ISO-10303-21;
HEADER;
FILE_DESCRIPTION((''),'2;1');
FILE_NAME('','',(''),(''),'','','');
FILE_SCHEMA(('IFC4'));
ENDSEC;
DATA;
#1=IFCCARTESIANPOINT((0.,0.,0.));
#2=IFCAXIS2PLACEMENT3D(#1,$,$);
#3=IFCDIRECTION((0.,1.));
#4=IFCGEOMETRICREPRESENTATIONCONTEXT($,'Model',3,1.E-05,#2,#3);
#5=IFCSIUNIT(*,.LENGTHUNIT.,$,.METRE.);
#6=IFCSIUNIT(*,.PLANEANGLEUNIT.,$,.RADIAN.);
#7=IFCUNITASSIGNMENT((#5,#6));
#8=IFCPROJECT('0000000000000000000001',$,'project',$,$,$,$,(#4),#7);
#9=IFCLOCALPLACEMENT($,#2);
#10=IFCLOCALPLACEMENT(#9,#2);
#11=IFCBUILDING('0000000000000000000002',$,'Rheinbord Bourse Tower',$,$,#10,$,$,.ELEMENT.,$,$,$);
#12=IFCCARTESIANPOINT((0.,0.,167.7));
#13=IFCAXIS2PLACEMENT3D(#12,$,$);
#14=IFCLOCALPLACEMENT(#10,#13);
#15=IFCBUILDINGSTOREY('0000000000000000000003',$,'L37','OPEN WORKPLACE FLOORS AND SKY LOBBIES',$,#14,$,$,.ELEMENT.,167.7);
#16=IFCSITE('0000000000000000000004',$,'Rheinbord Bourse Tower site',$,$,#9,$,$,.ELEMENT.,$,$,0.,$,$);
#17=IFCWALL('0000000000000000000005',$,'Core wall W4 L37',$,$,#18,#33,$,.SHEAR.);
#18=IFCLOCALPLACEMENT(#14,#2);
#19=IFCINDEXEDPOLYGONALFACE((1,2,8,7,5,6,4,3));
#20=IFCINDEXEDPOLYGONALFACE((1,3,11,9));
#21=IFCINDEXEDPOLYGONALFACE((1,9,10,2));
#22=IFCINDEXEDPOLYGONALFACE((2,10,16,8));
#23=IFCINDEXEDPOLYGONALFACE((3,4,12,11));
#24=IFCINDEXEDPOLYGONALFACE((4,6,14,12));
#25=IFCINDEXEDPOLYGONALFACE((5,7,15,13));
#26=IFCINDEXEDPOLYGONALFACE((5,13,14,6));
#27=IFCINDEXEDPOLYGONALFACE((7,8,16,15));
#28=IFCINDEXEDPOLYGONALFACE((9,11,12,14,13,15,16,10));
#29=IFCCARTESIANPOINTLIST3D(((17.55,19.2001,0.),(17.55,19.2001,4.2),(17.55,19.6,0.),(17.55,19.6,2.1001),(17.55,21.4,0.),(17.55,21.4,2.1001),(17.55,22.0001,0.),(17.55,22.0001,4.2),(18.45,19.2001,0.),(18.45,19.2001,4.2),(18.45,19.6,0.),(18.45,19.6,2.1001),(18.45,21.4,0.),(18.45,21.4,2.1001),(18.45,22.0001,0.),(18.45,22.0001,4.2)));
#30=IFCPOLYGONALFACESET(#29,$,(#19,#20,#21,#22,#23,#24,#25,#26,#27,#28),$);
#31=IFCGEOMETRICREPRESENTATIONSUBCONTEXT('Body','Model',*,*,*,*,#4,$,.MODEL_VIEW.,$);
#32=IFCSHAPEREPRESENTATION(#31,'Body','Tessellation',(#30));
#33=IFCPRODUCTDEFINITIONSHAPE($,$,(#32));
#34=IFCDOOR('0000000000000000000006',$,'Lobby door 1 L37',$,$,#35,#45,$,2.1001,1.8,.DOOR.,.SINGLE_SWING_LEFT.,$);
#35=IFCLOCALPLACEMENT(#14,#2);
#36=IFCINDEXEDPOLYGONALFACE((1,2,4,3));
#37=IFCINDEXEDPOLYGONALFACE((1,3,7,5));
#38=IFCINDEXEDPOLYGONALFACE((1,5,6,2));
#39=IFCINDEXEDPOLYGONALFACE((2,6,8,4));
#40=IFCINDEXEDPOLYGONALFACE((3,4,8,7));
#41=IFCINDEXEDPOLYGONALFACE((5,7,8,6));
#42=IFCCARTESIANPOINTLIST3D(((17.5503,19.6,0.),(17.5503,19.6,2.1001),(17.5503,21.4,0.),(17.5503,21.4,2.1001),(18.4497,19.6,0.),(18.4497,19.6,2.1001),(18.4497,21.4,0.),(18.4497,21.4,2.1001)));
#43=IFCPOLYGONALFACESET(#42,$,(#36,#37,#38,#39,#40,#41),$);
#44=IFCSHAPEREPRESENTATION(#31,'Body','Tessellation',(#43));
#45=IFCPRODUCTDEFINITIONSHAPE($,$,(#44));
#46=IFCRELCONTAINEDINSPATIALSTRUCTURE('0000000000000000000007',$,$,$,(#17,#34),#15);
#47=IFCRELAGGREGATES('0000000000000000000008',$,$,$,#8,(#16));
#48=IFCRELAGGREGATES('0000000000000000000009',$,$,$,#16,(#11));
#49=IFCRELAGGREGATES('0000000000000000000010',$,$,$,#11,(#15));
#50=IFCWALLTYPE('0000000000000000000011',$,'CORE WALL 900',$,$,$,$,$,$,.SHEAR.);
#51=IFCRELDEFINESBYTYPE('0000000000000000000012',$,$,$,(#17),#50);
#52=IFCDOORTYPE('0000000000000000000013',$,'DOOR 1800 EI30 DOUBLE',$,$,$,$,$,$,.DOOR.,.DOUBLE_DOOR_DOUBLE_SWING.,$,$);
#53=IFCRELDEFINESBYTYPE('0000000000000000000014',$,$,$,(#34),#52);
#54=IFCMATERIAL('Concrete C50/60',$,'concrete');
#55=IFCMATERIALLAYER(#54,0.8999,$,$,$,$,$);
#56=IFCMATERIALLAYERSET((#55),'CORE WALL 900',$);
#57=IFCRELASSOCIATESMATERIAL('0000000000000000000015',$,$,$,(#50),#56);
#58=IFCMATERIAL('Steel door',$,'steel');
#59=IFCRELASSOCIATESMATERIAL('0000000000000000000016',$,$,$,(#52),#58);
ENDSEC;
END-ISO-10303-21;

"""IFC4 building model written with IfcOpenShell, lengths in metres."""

from ifc_helpers import new_model, si_unit, direction, frame, frame_2d, origin, place, context, subcontext, project, spatial, rectangle, extrude, material, layer, layer_set, type_object, element, fill, save


model = new_model("IFC4")

# Units and contexts
model_context = context("Model", 3, precision=1e-05, world=origin(), true_north=direction((0.0, 1.0)))
body_context = subcontext(model_context, "Body", "Model", "MODEL_VIEW")
ifc_project = project(units=[si_unit("LENGTHUNIT", "METRE"), si_unit("PLANEANGLEUNIT", "RADIAN")], contexts=[model_context])

# Site, building, storey
site_placement = place(None, origin())
site = spatial("IfcSite", under=ifc_project, at=site_placement, Name="Rheinbord Bourse Tower site", CompositionType="ELEMENT", RefElevation=0.0)
building_placement = place(site_placement, origin())
building = spatial("IfcBuilding", under=site, at=building_placement, Name="Rheinbord Bourse Tower", CompositionType="ELEMENT")
storey_placement = place(building_placement, frame((0.0, 0.0, 167.7)))
storey = spatial("IfcBuildingStorey", under=building, at=storey_placement, Name="L37", Description="OPEN WORKPLACE FLOORS AND SKY LOBBIES", CompositionType="ELEMENT", Elevation=167.7)

# Wall, opening, door
ifc_material_1 = material(Name="Concrete C50/60", Category="concrete")
ifc_layer_1 = layer(ifc_material_1, 0.8999)
ifc_layer_set_1 = layer_set([ifc_layer_1], Name="CORE WALL 900")
wall_type_1 = type_object("IfcWallType", Name="CORE WALL 900", PredefinedType="SHEAR", material=ifc_layer_set_1)
wall_1_placement = place(storey_placement, frame((18.0, 22.0, 0.0), z_axis=(0.0, 0.0, 1.0), x_axis=(0.0, -1.0, 0.0)))
wall_1 = element("IfcWall", 1, at=wall_1_placement, inside=storey, type_object=wall_type_1, Name="Core wall W4 L37", PredefinedType="SHEAR", context=body_context, shape_type="SweptSolid", body=[
    extrude(rectangle(XDim=2.8, YDim=0.8999, at=frame_2d((1.3999, 0.0))), origin(), (0.0, 0.0, 1.0), 4.2),
])
opening_placement = place(wall_1_placement, frame((0.6001, 0.0, 0.0)))
opening = element("IfcOpeningElement", 2, at=opening_placement, cuts=wall_1, PredefinedType="OPENING", context=body_context, shape_type="SweptSolid", body=[
    extrude(rectangle(XDim=1.8, YDim=2.1001, at=frame_2d((0.8999, 1.05))), frame((0.0, 0.46, 0.0), z_axis=(0.0, -1.0, 0.0), x_axis=(1.0, 0.0, 0.0)), (0.0, 0.0, 1.0), 0.9199),
])
ifc_material_2 = material(Name="Steel door", Category="steel")
door_type = type_object("IfcDoorType", Name="DOOR 1800 EI30 DOUBLE", OperationType="DOUBLE_DOOR_DOUBLE_SWING", PredefinedType="DOOR", material=ifc_material_2)
door_placement = place(opening_placement, origin())
door = element("IfcDoor", 3, at=door_placement, inside=storey, type_object=door_type, Name="Lobby door 1 L37", OperationType="SINGLE_SWING_LEFT", OverallHeight=2.1001, OverallWidth=1.8, PredefinedType="DOOR", context=body_context, shape_type="SweptSolid", body=[
    extrude(rectangle(XDim=1.8, YDim=2.1001, at=frame_2d((0.8999, 1.05))), frame((0.0, 0.4497, 0.0), z_axis=(0.0, -1.0, 0.0), x_axis=(1.0, 0.0, 0.0)), (0.0, 0.0, 1.0), 0.8994),
])
fill(opening, door)

save(model, "model.ifc")
